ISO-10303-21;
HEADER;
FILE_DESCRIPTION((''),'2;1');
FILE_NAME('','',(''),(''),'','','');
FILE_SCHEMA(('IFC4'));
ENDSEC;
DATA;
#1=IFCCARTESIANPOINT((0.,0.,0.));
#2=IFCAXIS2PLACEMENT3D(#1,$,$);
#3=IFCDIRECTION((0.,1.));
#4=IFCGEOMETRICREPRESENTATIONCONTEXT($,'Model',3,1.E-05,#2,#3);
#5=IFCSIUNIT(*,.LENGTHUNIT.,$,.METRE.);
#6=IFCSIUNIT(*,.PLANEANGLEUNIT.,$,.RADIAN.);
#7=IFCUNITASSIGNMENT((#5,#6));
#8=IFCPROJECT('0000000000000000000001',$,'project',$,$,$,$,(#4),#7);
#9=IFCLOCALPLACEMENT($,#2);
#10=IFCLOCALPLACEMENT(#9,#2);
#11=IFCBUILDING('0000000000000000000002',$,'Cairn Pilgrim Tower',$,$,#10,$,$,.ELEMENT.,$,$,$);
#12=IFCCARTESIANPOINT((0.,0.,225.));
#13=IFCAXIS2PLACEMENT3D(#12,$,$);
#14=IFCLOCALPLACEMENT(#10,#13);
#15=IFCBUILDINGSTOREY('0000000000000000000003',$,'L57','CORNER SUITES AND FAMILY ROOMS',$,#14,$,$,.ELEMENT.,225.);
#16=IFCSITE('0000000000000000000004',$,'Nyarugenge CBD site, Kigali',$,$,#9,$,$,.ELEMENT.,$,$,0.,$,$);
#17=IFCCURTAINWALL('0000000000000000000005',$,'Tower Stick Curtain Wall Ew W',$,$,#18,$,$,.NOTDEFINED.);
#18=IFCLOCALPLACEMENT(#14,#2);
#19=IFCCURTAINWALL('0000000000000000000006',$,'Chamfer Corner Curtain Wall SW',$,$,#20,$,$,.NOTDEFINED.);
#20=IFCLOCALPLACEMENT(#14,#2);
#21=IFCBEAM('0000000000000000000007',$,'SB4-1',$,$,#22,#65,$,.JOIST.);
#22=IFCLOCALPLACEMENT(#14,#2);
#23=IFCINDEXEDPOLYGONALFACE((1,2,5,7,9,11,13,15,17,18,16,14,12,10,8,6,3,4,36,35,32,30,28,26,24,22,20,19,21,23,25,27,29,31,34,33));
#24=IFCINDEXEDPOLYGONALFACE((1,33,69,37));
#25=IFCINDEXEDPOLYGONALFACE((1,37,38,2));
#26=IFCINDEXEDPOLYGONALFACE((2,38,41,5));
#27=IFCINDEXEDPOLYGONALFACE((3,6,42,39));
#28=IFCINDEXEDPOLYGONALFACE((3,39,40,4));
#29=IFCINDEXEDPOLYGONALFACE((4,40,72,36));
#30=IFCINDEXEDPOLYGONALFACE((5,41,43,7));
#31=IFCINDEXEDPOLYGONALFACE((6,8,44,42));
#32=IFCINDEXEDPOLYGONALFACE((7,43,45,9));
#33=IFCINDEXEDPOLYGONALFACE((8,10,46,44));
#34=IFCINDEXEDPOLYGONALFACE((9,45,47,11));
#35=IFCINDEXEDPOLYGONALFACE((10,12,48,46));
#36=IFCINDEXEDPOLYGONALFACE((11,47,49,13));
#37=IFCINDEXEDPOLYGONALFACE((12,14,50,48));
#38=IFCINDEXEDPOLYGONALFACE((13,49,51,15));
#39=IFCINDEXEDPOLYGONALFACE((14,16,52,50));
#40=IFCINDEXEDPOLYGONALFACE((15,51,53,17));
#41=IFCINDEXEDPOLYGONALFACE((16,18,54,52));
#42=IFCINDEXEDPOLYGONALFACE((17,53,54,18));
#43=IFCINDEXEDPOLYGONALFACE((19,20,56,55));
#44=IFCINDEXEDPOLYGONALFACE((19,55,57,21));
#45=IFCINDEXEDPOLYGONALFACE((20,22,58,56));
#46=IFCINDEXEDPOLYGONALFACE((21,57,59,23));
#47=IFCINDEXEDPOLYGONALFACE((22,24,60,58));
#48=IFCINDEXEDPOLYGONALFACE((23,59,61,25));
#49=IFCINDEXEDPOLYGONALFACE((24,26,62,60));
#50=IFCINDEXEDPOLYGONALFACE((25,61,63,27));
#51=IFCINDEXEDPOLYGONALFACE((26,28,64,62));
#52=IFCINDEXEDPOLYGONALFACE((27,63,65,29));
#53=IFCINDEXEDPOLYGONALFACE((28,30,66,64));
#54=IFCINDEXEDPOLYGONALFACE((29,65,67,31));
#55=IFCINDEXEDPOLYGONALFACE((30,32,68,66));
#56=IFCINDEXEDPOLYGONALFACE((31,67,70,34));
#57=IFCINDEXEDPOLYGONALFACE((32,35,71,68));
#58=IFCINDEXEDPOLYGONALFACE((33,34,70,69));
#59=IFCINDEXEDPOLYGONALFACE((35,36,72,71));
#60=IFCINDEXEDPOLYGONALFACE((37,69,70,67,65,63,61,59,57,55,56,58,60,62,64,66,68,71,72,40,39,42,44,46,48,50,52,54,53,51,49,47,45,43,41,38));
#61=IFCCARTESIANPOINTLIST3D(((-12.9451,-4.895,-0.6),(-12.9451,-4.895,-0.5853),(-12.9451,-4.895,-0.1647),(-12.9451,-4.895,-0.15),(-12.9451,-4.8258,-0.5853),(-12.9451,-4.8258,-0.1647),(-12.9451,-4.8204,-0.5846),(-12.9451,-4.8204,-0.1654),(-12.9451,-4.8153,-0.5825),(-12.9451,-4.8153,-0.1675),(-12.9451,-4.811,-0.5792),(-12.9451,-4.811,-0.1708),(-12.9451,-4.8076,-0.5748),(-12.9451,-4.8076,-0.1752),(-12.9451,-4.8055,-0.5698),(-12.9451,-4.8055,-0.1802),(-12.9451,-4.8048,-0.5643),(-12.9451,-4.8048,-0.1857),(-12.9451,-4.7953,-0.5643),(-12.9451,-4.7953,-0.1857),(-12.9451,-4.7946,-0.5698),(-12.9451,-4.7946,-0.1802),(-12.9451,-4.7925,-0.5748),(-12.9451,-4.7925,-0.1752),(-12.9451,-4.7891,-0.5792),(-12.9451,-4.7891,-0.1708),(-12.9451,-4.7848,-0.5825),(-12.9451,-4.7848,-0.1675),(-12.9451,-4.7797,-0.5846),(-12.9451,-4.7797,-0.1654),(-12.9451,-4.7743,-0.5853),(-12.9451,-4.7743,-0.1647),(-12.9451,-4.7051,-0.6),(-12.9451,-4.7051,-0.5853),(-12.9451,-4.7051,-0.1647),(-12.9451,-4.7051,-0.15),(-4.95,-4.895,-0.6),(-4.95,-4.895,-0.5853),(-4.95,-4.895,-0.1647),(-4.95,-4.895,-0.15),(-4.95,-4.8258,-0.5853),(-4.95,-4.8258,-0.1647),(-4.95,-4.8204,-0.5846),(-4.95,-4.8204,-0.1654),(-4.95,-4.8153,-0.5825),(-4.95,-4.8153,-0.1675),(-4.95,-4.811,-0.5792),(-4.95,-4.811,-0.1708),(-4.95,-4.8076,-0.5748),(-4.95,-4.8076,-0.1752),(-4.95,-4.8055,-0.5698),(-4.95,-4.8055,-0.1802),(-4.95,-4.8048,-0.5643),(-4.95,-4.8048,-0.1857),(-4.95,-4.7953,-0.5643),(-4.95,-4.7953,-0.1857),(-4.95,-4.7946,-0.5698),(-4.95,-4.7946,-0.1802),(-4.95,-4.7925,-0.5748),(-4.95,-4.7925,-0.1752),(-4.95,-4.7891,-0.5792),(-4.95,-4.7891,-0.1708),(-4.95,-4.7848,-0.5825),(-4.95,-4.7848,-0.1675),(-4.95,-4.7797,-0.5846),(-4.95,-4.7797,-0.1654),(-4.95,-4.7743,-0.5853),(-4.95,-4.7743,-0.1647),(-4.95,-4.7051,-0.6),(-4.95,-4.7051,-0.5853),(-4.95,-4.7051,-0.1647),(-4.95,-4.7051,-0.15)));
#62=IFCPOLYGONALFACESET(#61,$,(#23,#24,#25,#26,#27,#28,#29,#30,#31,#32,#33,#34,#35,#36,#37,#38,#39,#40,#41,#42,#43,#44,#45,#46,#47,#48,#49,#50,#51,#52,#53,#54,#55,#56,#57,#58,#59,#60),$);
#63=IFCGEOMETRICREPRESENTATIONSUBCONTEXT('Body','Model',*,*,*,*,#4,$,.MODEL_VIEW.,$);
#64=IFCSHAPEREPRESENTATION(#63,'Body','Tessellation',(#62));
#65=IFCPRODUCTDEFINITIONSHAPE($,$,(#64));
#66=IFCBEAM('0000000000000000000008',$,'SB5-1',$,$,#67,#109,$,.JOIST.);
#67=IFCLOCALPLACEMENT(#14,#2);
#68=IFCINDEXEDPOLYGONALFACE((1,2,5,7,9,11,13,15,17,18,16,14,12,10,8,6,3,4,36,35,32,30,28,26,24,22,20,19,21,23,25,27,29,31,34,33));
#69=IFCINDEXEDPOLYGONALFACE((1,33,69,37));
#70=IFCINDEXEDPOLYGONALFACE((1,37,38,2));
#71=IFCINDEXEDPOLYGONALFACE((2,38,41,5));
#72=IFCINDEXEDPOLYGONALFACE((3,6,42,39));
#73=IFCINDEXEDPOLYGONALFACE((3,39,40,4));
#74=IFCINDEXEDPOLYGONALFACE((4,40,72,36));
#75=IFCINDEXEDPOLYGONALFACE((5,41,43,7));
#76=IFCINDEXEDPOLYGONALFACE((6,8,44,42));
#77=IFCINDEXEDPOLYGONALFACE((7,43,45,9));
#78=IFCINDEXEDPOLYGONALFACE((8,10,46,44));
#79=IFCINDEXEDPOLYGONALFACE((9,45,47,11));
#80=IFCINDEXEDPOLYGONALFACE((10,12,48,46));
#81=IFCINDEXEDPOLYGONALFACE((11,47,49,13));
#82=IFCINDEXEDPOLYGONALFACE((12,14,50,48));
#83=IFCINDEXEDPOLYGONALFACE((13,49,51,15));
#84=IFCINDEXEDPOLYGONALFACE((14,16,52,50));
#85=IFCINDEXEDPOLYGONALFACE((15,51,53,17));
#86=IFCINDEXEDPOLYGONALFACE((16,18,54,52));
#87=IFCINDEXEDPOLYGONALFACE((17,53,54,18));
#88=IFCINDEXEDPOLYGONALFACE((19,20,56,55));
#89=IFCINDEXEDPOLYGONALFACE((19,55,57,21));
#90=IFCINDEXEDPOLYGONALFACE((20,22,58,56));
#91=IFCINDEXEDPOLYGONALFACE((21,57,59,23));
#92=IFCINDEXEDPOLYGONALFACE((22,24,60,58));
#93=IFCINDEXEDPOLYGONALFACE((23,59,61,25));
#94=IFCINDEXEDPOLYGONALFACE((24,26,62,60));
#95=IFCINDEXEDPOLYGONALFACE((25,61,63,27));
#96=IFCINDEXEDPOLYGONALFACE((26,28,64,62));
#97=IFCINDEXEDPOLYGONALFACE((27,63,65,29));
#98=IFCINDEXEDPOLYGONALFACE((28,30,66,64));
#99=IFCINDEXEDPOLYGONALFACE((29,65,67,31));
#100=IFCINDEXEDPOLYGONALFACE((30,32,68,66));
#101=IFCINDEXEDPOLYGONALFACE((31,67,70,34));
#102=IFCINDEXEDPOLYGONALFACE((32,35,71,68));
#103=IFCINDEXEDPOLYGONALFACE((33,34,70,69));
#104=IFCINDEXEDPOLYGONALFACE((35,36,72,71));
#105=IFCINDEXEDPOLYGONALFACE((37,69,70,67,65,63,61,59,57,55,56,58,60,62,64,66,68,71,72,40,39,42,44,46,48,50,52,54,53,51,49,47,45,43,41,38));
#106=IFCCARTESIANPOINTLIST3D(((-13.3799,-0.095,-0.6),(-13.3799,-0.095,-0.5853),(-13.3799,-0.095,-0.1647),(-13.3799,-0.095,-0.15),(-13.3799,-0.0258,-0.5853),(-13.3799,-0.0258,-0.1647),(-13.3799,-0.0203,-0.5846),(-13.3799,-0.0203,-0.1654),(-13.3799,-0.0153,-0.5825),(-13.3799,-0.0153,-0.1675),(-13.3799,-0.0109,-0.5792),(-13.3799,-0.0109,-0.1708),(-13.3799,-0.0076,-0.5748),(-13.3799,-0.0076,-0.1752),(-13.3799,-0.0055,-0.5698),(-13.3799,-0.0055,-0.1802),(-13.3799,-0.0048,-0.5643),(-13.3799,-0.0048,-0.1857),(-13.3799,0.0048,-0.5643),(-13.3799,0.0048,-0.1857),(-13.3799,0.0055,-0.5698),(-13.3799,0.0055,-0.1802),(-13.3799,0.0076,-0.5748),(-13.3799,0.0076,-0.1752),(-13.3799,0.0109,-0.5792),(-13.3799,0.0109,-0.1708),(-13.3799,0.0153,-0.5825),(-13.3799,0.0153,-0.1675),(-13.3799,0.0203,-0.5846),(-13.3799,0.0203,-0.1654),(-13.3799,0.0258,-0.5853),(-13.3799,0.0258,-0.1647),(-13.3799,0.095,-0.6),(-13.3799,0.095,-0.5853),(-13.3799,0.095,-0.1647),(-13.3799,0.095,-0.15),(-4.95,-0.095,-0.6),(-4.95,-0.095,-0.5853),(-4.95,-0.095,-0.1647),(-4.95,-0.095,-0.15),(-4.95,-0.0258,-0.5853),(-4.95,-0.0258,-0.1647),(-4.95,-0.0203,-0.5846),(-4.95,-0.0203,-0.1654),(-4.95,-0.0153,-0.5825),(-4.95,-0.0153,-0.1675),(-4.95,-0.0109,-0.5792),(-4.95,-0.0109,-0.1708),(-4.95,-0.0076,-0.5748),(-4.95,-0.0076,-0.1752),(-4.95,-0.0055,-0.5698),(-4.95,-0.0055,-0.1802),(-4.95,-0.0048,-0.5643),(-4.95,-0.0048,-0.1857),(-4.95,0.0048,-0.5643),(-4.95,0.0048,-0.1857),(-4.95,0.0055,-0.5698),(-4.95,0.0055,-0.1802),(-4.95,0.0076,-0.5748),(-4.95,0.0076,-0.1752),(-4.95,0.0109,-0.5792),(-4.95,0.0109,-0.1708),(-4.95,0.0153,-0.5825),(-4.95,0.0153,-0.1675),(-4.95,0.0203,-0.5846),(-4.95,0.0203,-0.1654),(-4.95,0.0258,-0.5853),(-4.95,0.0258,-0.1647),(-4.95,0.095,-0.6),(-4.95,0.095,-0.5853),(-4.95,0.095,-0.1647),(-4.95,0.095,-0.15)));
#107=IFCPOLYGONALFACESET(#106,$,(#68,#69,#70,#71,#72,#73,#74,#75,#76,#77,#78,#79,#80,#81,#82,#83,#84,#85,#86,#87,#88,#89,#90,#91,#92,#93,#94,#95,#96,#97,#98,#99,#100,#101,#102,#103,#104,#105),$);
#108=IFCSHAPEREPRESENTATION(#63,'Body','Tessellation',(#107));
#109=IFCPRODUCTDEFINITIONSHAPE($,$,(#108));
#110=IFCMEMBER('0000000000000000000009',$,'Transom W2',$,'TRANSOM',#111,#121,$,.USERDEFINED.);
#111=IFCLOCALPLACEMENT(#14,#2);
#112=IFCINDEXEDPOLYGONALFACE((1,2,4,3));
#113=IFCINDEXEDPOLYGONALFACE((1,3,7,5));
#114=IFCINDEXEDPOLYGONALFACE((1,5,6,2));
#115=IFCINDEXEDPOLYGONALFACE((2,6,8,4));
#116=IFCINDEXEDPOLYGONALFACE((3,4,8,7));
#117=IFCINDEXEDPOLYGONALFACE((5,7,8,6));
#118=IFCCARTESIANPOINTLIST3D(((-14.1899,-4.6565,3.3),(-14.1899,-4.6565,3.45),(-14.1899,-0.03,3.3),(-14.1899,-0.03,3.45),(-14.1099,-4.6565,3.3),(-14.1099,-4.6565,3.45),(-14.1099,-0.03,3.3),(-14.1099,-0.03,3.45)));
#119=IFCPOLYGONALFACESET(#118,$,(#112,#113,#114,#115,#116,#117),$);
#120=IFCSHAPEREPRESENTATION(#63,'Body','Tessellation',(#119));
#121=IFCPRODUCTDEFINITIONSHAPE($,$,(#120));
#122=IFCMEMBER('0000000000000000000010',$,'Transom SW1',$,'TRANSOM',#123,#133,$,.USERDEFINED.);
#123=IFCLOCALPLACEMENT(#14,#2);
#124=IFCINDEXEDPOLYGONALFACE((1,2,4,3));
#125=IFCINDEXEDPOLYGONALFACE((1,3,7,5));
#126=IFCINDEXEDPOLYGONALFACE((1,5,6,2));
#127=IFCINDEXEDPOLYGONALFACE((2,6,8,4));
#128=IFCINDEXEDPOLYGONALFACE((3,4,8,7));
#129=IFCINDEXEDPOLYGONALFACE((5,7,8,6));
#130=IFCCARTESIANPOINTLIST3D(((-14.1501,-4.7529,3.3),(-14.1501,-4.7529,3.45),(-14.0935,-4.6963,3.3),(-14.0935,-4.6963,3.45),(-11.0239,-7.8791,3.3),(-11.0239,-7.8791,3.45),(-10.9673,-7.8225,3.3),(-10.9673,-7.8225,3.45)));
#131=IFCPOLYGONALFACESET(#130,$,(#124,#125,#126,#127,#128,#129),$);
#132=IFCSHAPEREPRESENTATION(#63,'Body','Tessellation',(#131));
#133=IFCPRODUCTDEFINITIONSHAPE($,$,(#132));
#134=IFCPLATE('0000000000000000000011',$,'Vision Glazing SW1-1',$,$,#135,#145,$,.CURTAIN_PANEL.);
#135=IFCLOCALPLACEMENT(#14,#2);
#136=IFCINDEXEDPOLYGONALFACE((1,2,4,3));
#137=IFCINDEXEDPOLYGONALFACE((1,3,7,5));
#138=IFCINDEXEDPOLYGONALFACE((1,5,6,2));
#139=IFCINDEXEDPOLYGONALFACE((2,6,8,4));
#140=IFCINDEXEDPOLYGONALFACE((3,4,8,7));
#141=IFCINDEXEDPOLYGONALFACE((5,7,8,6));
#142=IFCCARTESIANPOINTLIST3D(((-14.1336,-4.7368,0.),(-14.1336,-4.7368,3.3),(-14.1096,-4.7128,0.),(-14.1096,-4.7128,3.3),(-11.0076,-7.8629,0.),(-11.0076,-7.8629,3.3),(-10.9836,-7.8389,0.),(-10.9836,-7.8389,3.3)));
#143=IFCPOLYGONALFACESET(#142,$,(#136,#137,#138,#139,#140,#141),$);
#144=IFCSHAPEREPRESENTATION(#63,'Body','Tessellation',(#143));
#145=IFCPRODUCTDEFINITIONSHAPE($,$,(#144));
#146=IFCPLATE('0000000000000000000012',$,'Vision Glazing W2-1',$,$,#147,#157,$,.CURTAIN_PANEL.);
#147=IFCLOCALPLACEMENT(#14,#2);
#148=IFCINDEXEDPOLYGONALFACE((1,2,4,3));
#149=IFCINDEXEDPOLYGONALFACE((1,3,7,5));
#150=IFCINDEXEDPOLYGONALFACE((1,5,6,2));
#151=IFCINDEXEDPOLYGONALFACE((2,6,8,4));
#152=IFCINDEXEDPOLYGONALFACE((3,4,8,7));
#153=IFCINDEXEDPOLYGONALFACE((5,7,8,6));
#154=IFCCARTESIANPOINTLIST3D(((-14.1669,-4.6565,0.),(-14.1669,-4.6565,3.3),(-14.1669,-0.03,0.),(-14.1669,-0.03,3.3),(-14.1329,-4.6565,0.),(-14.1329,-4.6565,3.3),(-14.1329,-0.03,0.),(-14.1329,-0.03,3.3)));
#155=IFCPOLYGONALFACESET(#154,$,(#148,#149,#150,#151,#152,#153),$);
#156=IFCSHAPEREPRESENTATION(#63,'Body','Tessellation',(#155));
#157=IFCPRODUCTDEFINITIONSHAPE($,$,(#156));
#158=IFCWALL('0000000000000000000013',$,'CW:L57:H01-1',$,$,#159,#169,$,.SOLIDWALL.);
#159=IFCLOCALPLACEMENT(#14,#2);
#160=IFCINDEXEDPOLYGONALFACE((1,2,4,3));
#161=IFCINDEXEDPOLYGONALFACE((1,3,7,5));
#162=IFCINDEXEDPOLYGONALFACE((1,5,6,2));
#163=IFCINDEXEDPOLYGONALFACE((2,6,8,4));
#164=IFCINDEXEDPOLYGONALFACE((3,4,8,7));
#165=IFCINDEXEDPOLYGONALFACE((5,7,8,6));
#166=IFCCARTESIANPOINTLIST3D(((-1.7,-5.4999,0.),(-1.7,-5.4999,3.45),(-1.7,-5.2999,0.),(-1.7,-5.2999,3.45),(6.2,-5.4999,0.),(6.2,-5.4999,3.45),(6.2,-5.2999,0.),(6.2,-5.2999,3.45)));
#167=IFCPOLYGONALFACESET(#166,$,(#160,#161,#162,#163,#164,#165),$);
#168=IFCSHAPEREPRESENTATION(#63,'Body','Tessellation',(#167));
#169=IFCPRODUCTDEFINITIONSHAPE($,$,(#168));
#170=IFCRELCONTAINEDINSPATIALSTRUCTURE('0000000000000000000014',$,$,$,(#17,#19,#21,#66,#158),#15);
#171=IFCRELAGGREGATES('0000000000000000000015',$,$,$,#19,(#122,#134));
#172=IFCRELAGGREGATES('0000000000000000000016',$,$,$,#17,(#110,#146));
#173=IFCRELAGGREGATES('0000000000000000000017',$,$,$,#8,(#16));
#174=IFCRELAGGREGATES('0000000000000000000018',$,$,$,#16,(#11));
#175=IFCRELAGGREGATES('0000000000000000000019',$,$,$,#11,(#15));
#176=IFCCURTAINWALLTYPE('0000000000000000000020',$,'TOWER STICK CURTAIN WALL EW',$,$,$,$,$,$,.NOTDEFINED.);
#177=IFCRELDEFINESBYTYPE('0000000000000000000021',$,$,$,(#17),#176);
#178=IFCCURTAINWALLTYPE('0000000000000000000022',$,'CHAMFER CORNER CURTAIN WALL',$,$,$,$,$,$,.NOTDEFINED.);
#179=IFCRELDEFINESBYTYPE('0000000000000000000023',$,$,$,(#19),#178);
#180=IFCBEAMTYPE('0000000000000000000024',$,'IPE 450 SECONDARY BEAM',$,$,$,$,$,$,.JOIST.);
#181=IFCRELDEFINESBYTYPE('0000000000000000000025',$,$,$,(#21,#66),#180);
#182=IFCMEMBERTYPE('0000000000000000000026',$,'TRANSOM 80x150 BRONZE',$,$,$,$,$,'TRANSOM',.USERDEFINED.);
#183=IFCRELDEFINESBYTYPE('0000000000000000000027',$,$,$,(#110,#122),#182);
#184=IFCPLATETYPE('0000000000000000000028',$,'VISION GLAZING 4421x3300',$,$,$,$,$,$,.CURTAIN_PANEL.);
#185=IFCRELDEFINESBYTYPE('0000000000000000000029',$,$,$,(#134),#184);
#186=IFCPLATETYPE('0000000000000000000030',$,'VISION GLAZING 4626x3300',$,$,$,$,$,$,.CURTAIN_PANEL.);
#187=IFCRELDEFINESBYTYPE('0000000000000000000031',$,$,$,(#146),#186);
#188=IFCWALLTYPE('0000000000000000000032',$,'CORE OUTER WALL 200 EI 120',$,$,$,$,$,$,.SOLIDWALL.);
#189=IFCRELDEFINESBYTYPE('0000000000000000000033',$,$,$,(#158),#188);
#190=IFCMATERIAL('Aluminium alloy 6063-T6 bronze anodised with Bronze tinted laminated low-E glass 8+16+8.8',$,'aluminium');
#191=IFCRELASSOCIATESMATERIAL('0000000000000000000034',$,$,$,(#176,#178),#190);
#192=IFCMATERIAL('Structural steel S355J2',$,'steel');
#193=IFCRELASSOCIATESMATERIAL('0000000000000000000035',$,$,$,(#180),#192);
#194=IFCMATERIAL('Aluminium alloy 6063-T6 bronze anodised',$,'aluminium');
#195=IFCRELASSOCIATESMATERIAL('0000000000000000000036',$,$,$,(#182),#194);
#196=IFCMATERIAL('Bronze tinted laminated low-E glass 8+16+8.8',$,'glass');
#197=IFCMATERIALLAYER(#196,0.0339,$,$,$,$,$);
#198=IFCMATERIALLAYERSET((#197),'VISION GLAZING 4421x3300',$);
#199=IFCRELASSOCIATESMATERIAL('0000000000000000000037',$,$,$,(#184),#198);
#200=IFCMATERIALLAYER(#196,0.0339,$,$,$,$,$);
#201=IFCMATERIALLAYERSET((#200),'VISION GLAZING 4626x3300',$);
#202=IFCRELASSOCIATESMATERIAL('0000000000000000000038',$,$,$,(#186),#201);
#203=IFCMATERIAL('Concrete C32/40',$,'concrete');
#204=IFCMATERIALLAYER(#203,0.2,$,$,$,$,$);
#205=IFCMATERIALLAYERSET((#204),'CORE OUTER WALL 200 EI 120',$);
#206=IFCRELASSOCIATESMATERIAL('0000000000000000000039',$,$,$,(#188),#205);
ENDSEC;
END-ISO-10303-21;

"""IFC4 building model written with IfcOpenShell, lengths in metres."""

from ifc_helpers import new_model, si_unit, direction, frame, frame_2d, origin, origin_2d, place, context, subcontext, project, spatial, rectangle, i_section, extrude, material, layer, layer_set, material_profile, profile_set, type_object, element, aggregate, save


model = new_model("IFC4")

# Units and contexts
model_context = context("Model", 3, precision=1e-05, world=origin(), true_north=direction((0.0, 1.0)))
body_context = subcontext(model_context, "Body", "Model", "MODEL_VIEW")
ifc_project = project(units=[si_unit("LENGTHUNIT", "METRE"), si_unit("PLANEANGLEUNIT", "RADIAN")], contexts=[model_context])

# Site, building, storey
site_placement = place(None, origin())
site = spatial("IfcSite", under=ifc_project, at=site_placement, Name="Nyarugenge CBD site, Kigali", CompositionType="ELEMENT", RefElevation=0.0)
building_placement = place(site_placement, origin())
building = spatial("IfcBuilding", under=site, at=building_placement, Name="Cairn Pilgrim Tower", CompositionType="ELEMENT")
storey_placement = place(building_placement, frame((0.0, 0.0, 225.0)))
storey = spatial("IfcBuildingStorey", under=building, at=storey_placement, Name="L57", Description="CORNER SUITES AND FAMILY ROOMS", CompositionType="ELEMENT", Elevation=225.0)

# Curtain wall
ifc_material_1 = material(Name="Aluminium alloy 6063-T6 bronze anodised with Bronze tinted laminated low-E glass 8+16+8.8", Category="aluminium")
curtain_wall_type_1 = type_object("IfcCurtainWallType", Name="TOWER STICK CURTAIN WALL EW", PredefinedType="NOTDEFINED", material=ifc_material_1)
curtain_wall_1_placement = place(storey_placement, origin())
curtain_wall_1 = element("IfcCurtainWall", 1, at=curtain_wall_1_placement, inside=storey, type_object=curtain_wall_type_1, Name="Tower Stick Curtain Wall Ew W", PredefinedType="NOTDEFINED")
ifc_material_2 = material(Name="Aluminium alloy 6063-T6 bronze anodised", Category="aluminium")

# Curtain wall
curtain_wall_type_2 = type_object("IfcCurtainWallType", Name="CHAMFER CORNER CURTAIN WALL", PredefinedType="NOTDEFINED", material=ifc_material_1)
curtain_wall_2_placement = place(storey_placement, origin())
curtain_wall_2 = element("IfcCurtainWall", 2, at=curtain_wall_2_placement, inside=storey, type_object=curtain_wall_type_2, Name="Chamfer Corner Curtain Wall SW", PredefinedType="NOTDEFINED")

# Shared definitions
ifc_material_3 = material(Name="Structural steel S355J2", Category="steel")

# Beams
ifc_material_profile_1 = material_profile(ifc_material_3, i_section(OverallWidth=0.1899, OverallDepth=0.45, WebThickness=0.0095, FlangeThickness=0.0146, FilletRadius=0.021, at=origin_2d()), Name="IPE 450")
ifc_profile_set_1 = profile_set([ifc_material_profile_1], Name="Structural steel S355J2")
beam_type_1 = type_object("IfcBeamType", Name="IPE 450 SECONDARY BEAM", PredefinedType="JOIST", material=ifc_profile_set_1)
beam_1_placement = place(storey_placement, frame((-12.9451, -4.8, -0.375), z_axis=(1.0, 0.0, 0.0), x_axis=(0.0, 1.0, 0.0)))
element("IfcBeam", 3, at=beam_1_placement, inside=storey, type_object=beam_type_1, Name="SB4-1", PredefinedType="JOIST", context=body_context, shape_type="SweptSolid", body=[
    extrude(i_section(OverallWidth=0.1899, OverallDepth=0.45, WebThickness=0.0095, FlangeThickness=0.0146, FilletRadius=0.021, at=origin_2d()), origin(), (0.0, 0.0, 1.0), 7.9951),
])
beam_2_placement = place(storey_placement, frame((-13.3799, 0.0, -0.375), z_axis=(1.0, 0.0, 0.0), x_axis=(0.0, 1.0, 0.0)))
element("IfcBeam", 4, at=beam_2_placement, inside=storey, type_object=beam_type_1, Name="SB5-1", PredefinedType="JOIST", context=body_context, shape_type="SweptSolid", body=[
    extrude(i_section(OverallWidth=0.1899, OverallDepth=0.45, WebThickness=0.0095, FlangeThickness=0.0146, FilletRadius=0.021, at=origin_2d()), origin(), (0.0, 0.0, 1.0), 8.4299),
])

# Members
ifc_material_profile_2 = material_profile(ifc_material_2, rectangle(XDim=0.0801, YDim=0.1499, at=origin_2d()), Name="TRANSOM 80x150 BRONZE")
ifc_profile_set_2 = profile_set([ifc_material_profile_2], Name="Aluminium alloy 6063-T6 bronze anodised")
member_type_1 = type_object("IfcMemberType", Name="TRANSOM 80x150 BRONZE", ElementType="TRANSOM", PredefinedType="USERDEFINED", material=ifc_profile_set_2)
member_1_placement = place(storey_placement, frame((-14.1499, -0.03, 3.375), z_axis=(0.0, -1.0, 0.0), x_axis=(1.0, 0.0, 0.0)))
member_1 = element("IfcMember", 5, at=member_1_placement, type_object=member_type_1, Name="Transom W2", ObjectType="TRANSOM", PredefinedType="USERDEFINED", context=body_context, shape_type="SweptSolid", body=[
    extrude(rectangle(XDim=0.0801, YDim=0.1499, at=origin_2d()), origin(), (0.0, 0.0, 1.0), 4.6265),
])
member_2_placement = place(storey_placement, frame((-14.1218, -4.7246, 3.375), z_axis=(0.707107, -0.707107, 0.0), x_axis=(0.707107, 0.707107, 0.0)))
member_2 = element("IfcMember", 6, at=member_2_placement, type_object=member_type_1, Name="Transom SW1", ObjectType="TRANSOM", PredefinedType="USERDEFINED", context=body_context, shape_type="SweptSolid", body=[
    extrude(rectangle(XDim=0.0801, YDim=0.1499, at=origin_2d()), origin(), (0.0, 0.0, 1.0), 4.4211),
])

# Plates
ifc_material_4 = material(Name="Bronze tinted laminated low-E glass 8+16+8.8", Category="glass")
ifc_layer_1 = layer(ifc_material_4, 0.0339)
ifc_layer_set_1 = layer_set([ifc_layer_1], Name="VISION GLAZING 4421x3300")
plate_type_1 = type_object("IfcPlateType", Name="VISION GLAZING 4421x3300", PredefinedType="CURTAIN_PANEL", material=ifc_layer_set_1)
plate_1_placement = place(storey_placement, frame((-12.5586, -6.2878, 0.0), z_axis=(0.0, 0.0, 1.0), x_axis=(0.707107, -0.707107, 0.0)))
plate_1 = element("IfcPlate", 7, at=plate_1_placement, type_object=plate_type_1, Name="Vision Glazing SW1-1", PredefinedType="CURTAIN_PANEL", context=body_context, shape_type="SweptSolid", body=[
    extrude(rectangle(XDim=4.4209, YDim=0.0339, at=origin_2d()), origin(), (0.0, 0.0, 1.0), 3.3),
])
aggregate(curtain_wall_2, [member_2, plate_1])
ifc_layer_2 = layer(ifc_material_4, 0.0339)
ifc_layer_set_2 = layer_set([ifc_layer_2], Name="VISION GLAZING 4626x3300")
plate_type_2 = type_object("IfcPlateType", Name="VISION GLAZING 4626x3300", PredefinedType="CURTAIN_PANEL", material=ifc_layer_set_2)
plate_2_placement = place(storey_placement, frame((-14.1499, -2.3433, 0.0), z_axis=(0.0, 0.0, 1.0), x_axis=(0.0, -1.0, 0.0)))
plate_2 = element("IfcPlate", 8, at=plate_2_placement, type_object=plate_type_2, Name="Vision Glazing W2-1", PredefinedType="CURTAIN_PANEL", context=body_context, shape_type="SweptSolid", body=[
    extrude(rectangle(XDim=4.6265, YDim=0.0339, at=origin_2d()), origin(), (0.0, 0.0, 1.0), 3.3),
])
aggregate(curtain_wall_1, [member_1, plate_2])

# Wall
ifc_material_5 = material(Name="Concrete C32/40", Category="concrete")
ifc_layer_3 = layer(ifc_material_5, 0.2)
ifc_layer_set_3 = layer_set([ifc_layer_3], Name="CORE OUTER WALL 200 EI 120")
wall_type_1 = type_object("IfcWallType", Name="CORE OUTER WALL 200 EI 120", PredefinedType="SOLIDWALL", material=ifc_layer_set_3)
wall_1_placement = place(storey_placement, frame((-1.7, -5.3999, 0.0), z_axis=(0.0, 0.0, 1.0), x_axis=(1.0, 0.0, 0.0)))
element("IfcWall", 9, at=wall_1_placement, inside=storey, type_object=wall_type_1, Name="CW:L57:H01-1", PredefinedType="SOLIDWALL", context=body_context, shape_type="SweptSolid", body=[
    extrude(rectangle(XDim=7.8999, YDim=0.2, at=frame_2d((3.95, 0.0))), origin(), (0.0, 0.0, 1.0), 3.45),
])

save(model, "model.ifc")
